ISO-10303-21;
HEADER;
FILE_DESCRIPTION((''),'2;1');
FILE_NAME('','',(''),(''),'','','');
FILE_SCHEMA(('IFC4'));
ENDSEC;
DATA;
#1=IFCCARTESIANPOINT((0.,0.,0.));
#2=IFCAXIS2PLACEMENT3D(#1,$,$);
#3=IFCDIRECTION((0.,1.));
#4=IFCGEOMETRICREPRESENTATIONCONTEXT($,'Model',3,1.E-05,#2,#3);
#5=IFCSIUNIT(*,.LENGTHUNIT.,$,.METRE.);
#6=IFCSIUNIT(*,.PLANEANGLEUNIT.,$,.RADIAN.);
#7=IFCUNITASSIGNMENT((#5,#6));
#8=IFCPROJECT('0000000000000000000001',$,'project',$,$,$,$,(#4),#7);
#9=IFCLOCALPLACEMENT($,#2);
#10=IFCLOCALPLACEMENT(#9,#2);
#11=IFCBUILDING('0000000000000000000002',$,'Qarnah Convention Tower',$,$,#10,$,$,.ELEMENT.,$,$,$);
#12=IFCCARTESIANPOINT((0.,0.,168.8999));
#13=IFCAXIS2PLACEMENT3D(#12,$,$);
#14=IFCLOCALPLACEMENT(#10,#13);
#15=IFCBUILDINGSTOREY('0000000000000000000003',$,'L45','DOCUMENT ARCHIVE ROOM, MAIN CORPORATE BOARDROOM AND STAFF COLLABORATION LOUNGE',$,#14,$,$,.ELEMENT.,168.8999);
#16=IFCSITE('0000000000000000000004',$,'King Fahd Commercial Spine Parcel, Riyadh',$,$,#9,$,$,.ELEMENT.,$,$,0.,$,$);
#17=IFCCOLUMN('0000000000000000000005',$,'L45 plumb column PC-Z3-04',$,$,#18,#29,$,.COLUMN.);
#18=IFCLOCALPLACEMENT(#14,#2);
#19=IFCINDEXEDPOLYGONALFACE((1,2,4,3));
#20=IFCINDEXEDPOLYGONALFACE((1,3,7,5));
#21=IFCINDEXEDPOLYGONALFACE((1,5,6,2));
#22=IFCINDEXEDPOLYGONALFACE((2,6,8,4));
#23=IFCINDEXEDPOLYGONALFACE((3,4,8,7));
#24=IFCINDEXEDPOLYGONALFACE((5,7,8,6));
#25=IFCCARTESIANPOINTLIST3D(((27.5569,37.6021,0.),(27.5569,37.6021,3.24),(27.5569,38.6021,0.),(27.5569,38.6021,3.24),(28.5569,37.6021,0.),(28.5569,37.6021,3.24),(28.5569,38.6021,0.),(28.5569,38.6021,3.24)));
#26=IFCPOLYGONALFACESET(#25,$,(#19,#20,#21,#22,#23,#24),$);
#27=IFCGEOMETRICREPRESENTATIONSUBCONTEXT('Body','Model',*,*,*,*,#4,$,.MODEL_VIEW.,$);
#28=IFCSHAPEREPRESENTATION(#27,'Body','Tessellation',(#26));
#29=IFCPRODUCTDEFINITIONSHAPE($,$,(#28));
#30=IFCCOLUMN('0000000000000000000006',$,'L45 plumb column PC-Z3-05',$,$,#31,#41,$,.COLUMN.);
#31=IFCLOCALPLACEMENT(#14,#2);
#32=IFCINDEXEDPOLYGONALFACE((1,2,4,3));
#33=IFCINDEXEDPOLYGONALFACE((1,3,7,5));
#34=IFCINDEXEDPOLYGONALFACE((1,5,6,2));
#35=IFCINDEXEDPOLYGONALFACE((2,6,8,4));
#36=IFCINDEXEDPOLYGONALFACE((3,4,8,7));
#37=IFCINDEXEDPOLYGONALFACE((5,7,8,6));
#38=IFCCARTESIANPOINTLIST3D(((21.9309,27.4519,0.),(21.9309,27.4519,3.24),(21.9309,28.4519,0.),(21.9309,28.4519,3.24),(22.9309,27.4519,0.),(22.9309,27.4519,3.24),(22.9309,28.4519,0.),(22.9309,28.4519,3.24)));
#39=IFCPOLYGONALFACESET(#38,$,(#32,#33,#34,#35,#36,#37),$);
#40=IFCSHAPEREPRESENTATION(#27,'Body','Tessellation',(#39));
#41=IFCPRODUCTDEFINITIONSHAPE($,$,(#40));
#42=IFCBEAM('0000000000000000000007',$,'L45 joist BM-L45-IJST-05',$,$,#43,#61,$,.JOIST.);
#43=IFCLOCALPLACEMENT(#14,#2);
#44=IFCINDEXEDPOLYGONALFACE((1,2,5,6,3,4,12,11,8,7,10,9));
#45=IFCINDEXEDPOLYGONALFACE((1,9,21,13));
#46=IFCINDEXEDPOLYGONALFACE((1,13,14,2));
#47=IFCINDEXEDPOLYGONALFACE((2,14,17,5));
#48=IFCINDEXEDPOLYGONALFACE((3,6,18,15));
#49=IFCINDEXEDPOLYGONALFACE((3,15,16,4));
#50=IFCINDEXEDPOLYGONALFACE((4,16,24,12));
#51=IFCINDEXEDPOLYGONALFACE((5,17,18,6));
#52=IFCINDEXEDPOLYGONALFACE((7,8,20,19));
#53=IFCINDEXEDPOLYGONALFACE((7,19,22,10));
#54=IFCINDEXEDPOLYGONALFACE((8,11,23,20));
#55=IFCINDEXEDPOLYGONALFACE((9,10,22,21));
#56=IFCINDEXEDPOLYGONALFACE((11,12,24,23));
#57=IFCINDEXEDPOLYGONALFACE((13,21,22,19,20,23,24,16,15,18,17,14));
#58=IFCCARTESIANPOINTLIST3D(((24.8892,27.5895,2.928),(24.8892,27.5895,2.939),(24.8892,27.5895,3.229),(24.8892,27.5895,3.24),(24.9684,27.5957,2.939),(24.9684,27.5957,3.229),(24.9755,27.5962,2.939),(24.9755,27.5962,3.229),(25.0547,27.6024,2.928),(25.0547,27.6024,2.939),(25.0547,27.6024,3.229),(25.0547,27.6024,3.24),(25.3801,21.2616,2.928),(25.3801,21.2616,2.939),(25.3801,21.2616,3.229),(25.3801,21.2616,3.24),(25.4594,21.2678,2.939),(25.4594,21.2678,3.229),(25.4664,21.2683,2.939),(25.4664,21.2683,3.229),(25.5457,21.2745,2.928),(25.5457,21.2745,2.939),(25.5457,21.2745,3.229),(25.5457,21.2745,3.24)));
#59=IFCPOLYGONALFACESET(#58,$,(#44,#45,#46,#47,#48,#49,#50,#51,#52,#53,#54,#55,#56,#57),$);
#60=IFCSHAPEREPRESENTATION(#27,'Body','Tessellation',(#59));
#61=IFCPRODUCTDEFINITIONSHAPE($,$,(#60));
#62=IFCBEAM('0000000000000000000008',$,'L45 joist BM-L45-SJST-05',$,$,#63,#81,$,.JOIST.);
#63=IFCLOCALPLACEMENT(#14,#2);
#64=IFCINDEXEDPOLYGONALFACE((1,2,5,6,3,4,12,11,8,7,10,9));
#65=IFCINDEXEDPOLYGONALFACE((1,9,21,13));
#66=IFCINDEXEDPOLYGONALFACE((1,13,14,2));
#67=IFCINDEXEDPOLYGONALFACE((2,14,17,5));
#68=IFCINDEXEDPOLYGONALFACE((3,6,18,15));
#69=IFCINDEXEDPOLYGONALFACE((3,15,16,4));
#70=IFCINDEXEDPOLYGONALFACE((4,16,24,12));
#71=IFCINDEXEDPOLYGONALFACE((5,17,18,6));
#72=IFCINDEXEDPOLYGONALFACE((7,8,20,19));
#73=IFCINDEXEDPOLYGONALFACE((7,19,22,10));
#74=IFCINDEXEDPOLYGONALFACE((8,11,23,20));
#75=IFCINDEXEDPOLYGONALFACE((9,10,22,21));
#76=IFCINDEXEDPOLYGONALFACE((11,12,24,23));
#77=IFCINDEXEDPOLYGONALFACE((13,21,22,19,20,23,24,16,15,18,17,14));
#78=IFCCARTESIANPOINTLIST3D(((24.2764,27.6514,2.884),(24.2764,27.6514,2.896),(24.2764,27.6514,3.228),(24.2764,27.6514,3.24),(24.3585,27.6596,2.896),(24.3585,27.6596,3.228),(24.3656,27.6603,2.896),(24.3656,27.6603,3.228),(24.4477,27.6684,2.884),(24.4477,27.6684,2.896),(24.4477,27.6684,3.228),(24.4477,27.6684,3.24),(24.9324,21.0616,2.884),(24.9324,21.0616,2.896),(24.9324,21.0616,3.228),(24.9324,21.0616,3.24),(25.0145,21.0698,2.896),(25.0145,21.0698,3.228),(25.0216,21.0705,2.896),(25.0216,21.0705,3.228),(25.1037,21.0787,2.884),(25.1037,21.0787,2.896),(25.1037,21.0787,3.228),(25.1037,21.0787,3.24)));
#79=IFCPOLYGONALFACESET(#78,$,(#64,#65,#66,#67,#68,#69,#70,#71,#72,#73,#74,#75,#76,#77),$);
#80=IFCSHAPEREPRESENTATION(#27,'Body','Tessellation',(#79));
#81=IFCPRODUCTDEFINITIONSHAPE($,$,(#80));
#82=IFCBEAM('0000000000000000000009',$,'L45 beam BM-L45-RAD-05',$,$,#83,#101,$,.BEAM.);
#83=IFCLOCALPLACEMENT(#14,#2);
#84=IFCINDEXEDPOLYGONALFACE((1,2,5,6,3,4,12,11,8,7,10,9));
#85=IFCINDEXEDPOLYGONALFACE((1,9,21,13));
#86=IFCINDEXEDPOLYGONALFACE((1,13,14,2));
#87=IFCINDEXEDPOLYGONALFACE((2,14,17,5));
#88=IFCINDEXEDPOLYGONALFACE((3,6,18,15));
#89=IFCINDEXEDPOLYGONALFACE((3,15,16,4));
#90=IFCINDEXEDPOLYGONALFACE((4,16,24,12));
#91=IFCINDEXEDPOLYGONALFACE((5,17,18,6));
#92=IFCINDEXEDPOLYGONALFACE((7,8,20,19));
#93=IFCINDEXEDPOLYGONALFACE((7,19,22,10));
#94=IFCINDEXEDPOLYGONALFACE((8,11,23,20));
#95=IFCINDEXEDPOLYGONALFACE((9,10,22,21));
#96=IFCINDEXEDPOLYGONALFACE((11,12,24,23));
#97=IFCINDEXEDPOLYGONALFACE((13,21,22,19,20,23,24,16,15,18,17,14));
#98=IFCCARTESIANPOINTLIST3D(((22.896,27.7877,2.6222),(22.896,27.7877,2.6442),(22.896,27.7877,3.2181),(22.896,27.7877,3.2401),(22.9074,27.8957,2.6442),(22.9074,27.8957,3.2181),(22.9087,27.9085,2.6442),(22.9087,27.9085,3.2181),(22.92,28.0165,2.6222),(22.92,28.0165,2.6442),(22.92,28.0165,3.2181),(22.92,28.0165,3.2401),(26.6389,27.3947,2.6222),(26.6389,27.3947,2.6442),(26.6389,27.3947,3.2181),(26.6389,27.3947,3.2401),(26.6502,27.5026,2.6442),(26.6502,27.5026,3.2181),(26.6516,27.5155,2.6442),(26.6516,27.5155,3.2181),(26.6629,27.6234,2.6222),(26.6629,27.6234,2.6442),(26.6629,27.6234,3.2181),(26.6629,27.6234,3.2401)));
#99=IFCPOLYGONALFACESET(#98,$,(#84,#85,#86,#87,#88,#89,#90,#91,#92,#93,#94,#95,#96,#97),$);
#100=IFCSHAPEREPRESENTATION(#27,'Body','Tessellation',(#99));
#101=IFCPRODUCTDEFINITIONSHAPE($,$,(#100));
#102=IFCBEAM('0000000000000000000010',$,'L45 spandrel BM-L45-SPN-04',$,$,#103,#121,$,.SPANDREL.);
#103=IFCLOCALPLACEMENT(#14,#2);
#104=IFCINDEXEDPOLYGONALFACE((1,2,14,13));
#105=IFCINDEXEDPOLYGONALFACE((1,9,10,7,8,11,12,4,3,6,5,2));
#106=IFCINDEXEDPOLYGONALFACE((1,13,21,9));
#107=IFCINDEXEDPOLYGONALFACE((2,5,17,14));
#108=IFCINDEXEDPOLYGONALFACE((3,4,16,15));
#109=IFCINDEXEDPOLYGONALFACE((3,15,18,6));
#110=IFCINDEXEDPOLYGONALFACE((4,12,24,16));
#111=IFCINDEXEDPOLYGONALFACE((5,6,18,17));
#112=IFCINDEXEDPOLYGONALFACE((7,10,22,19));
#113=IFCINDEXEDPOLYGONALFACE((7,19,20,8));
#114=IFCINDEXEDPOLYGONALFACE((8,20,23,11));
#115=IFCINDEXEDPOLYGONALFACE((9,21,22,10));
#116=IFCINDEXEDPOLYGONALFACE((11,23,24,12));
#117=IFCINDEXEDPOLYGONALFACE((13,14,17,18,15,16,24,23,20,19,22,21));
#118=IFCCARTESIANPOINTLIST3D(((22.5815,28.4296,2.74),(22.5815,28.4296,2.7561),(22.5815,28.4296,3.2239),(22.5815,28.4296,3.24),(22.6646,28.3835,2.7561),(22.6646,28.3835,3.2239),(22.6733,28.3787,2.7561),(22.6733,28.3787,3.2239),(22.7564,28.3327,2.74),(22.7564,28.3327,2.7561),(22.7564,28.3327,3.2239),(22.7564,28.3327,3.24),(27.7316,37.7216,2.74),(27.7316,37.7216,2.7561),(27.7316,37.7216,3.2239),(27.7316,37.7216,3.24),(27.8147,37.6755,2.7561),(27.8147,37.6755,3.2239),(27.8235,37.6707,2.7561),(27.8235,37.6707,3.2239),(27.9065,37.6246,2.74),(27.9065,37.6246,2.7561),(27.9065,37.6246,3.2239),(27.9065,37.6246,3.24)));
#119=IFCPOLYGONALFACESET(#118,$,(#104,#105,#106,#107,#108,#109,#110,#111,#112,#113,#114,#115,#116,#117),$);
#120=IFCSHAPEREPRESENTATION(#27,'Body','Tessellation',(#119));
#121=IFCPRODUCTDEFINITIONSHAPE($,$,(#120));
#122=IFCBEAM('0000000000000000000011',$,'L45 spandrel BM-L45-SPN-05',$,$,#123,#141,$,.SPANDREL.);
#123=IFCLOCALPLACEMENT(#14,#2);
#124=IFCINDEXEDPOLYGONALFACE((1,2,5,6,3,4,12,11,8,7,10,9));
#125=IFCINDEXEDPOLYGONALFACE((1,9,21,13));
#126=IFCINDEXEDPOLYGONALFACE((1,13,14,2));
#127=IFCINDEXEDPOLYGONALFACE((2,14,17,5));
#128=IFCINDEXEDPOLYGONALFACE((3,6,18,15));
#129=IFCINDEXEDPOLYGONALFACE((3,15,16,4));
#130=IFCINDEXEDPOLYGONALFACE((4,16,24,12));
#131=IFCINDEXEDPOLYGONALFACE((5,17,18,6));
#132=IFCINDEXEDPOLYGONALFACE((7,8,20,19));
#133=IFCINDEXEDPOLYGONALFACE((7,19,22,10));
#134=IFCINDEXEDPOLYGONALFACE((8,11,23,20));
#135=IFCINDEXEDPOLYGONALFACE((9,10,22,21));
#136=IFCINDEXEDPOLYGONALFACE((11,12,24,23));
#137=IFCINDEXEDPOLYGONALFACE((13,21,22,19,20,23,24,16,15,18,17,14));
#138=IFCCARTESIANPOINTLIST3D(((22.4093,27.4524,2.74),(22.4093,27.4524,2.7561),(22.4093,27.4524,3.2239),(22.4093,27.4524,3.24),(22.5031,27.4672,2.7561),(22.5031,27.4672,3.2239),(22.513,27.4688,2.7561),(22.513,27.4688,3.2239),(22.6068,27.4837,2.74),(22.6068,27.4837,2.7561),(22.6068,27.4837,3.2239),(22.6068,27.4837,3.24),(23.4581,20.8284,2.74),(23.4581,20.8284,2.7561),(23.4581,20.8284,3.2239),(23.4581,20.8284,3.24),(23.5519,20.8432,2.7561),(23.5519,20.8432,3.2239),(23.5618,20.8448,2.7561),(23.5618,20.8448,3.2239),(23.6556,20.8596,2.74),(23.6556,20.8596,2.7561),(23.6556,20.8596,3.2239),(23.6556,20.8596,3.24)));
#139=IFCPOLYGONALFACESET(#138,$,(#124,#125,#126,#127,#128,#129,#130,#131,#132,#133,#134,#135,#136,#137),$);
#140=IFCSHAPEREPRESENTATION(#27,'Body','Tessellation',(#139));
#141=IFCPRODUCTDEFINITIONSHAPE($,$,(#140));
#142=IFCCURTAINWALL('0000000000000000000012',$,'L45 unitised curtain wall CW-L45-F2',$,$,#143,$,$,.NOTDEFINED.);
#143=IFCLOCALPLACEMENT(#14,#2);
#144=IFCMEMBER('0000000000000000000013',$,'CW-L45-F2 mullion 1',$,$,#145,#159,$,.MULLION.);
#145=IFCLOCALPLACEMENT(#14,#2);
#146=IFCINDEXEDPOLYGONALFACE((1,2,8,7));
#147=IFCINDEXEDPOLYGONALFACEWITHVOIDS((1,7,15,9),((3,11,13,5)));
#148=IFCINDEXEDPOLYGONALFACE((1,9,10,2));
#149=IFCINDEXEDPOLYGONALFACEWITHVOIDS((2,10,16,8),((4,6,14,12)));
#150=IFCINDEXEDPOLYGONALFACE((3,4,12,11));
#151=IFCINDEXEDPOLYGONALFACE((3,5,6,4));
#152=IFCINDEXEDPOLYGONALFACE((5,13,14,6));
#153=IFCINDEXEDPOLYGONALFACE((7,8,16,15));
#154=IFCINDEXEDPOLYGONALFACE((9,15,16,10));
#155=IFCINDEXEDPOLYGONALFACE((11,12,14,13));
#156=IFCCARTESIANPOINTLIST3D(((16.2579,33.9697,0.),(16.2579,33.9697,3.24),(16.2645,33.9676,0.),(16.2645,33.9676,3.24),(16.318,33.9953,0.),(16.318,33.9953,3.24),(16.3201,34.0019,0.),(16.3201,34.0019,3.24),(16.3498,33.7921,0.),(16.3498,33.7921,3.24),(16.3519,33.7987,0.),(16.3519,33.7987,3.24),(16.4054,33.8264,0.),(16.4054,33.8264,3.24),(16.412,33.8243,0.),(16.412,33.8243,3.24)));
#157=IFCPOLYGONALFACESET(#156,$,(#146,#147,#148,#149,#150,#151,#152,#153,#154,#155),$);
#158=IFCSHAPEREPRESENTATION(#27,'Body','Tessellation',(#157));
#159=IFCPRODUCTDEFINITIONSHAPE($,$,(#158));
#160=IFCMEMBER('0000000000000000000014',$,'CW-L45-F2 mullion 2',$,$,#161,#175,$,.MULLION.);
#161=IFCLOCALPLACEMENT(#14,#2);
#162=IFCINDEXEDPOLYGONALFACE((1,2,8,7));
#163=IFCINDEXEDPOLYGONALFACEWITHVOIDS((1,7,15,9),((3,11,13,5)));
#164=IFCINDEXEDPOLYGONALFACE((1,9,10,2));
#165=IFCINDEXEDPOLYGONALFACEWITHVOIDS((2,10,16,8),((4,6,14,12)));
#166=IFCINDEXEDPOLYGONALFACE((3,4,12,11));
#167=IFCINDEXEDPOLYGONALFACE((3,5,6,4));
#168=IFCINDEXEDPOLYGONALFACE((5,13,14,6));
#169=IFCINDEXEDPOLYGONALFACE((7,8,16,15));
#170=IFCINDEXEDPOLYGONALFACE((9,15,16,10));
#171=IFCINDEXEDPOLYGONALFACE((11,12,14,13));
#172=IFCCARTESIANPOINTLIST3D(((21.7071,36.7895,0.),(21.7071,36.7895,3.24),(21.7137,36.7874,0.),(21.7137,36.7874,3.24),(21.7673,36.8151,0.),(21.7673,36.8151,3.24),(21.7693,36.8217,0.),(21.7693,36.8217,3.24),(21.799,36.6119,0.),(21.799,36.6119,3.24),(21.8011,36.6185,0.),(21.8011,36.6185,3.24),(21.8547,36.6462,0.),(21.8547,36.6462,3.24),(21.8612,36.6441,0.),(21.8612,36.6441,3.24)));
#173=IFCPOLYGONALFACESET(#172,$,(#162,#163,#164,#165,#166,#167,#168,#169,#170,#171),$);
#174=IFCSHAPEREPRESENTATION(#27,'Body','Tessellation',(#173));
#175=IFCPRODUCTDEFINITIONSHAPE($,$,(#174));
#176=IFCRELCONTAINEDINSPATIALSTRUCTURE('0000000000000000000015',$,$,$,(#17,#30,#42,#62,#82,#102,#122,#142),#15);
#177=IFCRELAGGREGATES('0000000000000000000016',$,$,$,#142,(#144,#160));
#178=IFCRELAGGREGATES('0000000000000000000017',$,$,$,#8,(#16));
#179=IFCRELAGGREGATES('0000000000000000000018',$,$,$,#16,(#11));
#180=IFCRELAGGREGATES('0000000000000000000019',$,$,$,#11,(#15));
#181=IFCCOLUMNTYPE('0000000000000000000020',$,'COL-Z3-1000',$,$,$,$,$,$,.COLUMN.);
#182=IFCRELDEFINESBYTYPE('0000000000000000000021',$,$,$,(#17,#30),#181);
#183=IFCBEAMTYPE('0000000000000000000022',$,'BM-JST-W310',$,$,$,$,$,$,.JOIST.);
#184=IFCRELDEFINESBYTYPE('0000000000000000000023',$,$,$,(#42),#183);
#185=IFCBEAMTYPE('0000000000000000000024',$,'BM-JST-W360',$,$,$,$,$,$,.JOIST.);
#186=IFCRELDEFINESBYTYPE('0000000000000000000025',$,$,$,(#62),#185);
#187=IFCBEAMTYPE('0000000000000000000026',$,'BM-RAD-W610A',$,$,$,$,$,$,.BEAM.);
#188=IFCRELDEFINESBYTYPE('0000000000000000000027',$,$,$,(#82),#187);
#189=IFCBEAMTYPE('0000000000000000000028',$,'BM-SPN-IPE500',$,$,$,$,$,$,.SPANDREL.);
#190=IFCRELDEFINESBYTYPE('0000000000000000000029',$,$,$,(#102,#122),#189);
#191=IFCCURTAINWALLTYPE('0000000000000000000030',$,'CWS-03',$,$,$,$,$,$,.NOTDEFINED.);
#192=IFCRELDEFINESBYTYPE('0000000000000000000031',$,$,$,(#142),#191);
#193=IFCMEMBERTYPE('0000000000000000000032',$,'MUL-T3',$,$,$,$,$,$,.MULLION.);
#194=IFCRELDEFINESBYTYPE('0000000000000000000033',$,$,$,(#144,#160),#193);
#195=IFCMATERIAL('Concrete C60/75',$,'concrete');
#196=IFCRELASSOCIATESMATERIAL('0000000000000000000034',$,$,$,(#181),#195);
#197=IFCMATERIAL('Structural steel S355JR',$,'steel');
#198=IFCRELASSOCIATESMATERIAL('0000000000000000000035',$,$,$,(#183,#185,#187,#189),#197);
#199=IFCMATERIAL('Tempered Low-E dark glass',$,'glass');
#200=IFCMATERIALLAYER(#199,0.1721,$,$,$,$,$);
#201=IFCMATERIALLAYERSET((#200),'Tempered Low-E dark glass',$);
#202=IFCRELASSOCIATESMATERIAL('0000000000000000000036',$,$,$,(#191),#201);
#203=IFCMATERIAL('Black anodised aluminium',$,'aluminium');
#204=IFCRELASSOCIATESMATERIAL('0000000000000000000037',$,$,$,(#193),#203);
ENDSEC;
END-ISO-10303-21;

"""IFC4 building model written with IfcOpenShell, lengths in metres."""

from ifc_helpers import new_model, si_unit, direction, frame, origin, origin_2d, place, context, subcontext, project, spatial, rectangle, hollow_rectangle, i_section, extrude, material, layer, layer_set, material_profile, profile_set, type_object, element, aggregate, save


model = new_model("IFC4")

# Units and contexts
model_context = context("Model", 3, precision=1e-05, world=origin(), true_north=direction((0.0, 1.0)))
body_context = subcontext(model_context, "Body", "Model", "MODEL_VIEW")
ifc_project = project(units=[si_unit("LENGTHUNIT", "METRE"), si_unit("PLANEANGLEUNIT", "RADIAN")], contexts=[model_context])

# Site, building, storey
site_placement = place(None, origin())
site = spatial("IfcSite", under=ifc_project, at=site_placement, Name="King Fahd Commercial Spine Parcel, Riyadh", CompositionType="ELEMENT", RefElevation=0.0)
building_placement = place(site_placement, origin())
building = spatial("IfcBuilding", under=site, at=building_placement, Name="Qarnah Convention Tower", CompositionType="ELEMENT")
storey_placement = place(building_placement, frame((0.0, 0.0, 168.8999)))
storey = spatial("IfcBuildingStorey", under=building, at=storey_placement, Name="L45", Description="DOCUMENT ARCHIVE ROOM, MAIN CORPORATE BOARDROOM AND STAFF COLLABORATION LOUNGE", CompositionType="ELEMENT", Elevation=168.8999)

# Columns
ifc_material_1 = material(Name="Concrete C60/75", Category="concrete")
ifc_material_profile_1 = material_profile(ifc_material_1, rectangle(XDim=1.0, YDim=1.0, at=origin_2d()), Name="RC-COL-1000X1000")
ifc_profile_set_1 = profile_set([ifc_material_profile_1], Name="Concrete C60/75")
column_type = type_object("IfcColumnType", Name="COL-Z3-1000", PredefinedType="COLUMN", material=ifc_profile_set_1)
for number, where, z_axis, x_axis, name in (
    (1, (28.0569, 38.1021, 0.0), (0.0, 0.0, 1.0), (1.0, 0.0, 0.0), "L45 plumb column PC-Z3-04"),
    (2, (22.4309, 27.9519, 0.0), (0.0, 0.0, 1.0), (1.0, 0.0, 0.0), "L45 plumb column PC-Z3-05"),
):
    element("IfcColumn", number, at=place(storey_placement, frame(where, z_axis=z_axis, x_axis=x_axis)), inside=storey, type_object=column_type, Name=name, PredefinedType="COLUMN", context=body_context, shape_type="SweptSolid", body=[
        extrude(rectangle(XDim=1.0, YDim=1.0, at=origin_2d()), origin(), (0.0, 0.0, 1.0), 3.24),
    ])

# Beams
ifc_material_2 = material(Name="Structural steel S355JR", Category="steel")
ifc_material_profile_2 = material_profile(ifc_material_2, i_section(OverallWidth=0.166, OverallDepth=0.312, WebThickness=0.0071, FlangeThickness=0.011, at=origin_2d()), Name="W310X45")
ifc_profile_set_2 = profile_set([ifc_material_profile_2], Name="Structural steel S355JR")
beam_type_1 = type_object("IfcBeamType", Name="BM-JST-W310", PredefinedType="JOIST", material=ifc_profile_set_2)
beam_1_placement = place(storey_placement, frame((24.9719, 27.5959, 3.084), z_axis=(0.077355, -0.997004, 0.0), x_axis=(0.997004, 0.077355, 0.0)))
element("IfcBeam", 3, at=beam_1_placement, inside=storey, type_object=beam_type_1, Name="L45 joist BM-L45-IJST-05", PredefinedType="JOIST", context=body_context, shape_type="SweptSolid", body=[
    extrude(i_section(OverallWidth=0.166, OverallDepth=0.312, WebThickness=0.0071, FlangeThickness=0.011, at=origin_2d()), origin(), (0.0, 0.0, 1.0), 6.3469),
])
ifc_material_profile_3 = material_profile(ifc_material_2, i_section(OverallWidth=0.1721, OverallDepth=0.356, WebThickness=0.0071, FlangeThickness=0.012, at=origin_2d()), Name="W360X51")
ifc_profile_set_3 = profile_set([ifc_material_profile_3], Name="Structural steel S355JR")
beam_type_2 = type_object("IfcBeamType", Name="BM-JST-W360", PredefinedType="JOIST", material=ifc_profile_set_3)
beam_2_placement = place(storey_placement, frame((24.3621, 27.6599, 3.062), z_axis=(0.099058, -0.995082, 0.0), x_axis=(0.995082, 0.099058, 0.0)))
element("IfcBeam", 4, at=beam_2_placement, inside=storey, type_object=beam_type_2, Name="L45 joist BM-L45-SJST-05", PredefinedType="JOIST", context=body_context, shape_type="SweptSolid", body=[
    extrude(i_section(OverallWidth=0.1721, OverallDepth=0.356, WebThickness=0.0071, FlangeThickness=0.012, at=origin_2d()), origin(), (0.0, 0.0, 1.0), 6.6223),
])
ifc_material_profile_4 = material_profile(ifc_material_2, i_section(OverallWidth=0.23, OverallDepth=0.6179, WebThickness=0.0129, FlangeThickness=0.022, at=origin_2d()), Name="W610X140")
ifc_profile_set_4 = profile_set([ifc_material_profile_4], Name="Structural steel S355JR")
beam_type_3 = type_object("IfcBeamType", Name="BM-RAD-W610A", PredefinedType="BEAM", material=ifc_profile_set_4)
beam_3_placement = place(storey_placement, frame((26.6509, 27.509, 2.9312), z_axis=(-0.994531, 0.104442, 0.0), x_axis=(-0.104442, -0.994531, 0.0)))
element("IfcBeam", 5, at=beam_3_placement, inside=storey, type_object=beam_type_3, Name="L45 beam BM-L45-RAD-05", PredefinedType="BEAM", context=body_context, shape_type="SweptSolid", body=[
    extrude(i_section(OverallWidth=0.23, OverallDepth=0.6179, WebThickness=0.0129, FlangeThickness=0.022, at=origin_2d()), origin(), (0.0, 0.0, 1.0), 3.7634),
])
ifc_material_profile_5 = material_profile(ifc_material_2, i_section(OverallWidth=0.2, OverallDepth=0.5, WebThickness=0.01, FlangeThickness=0.0161, at=origin_2d()), Name="IPE500")
ifc_profile_set_5 = profile_set([ifc_material_profile_5], Name="Structural steel S355JR")
beam_type_4 = type_object("IfcBeamType", Name="BM-SPN-IPE500", PredefinedType="SPANDREL", material=ifc_profile_set_5)
beam_4_placement = place(storey_placement, frame((27.8191, 37.6731, 2.99), z_axis=(-0.484774, -0.874639, 0.0), x_axis=(0.874639, -0.484774, 0.0)))
element("IfcBeam", 6, at=beam_4_placement, inside=storey, type_object=beam_type_4, Name="L45 spandrel BM-L45-SPN-04", PredefinedType="SPANDREL", context=body_context, shape_type="SweptSolid", body=[
    extrude(i_section(OverallWidth=0.2, OverallDepth=0.5, WebThickness=0.01, FlangeThickness=0.0161, at=origin_2d()), origin(), (0.0, 0.0, 1.0), 10.6238),
])
beam_5_placement = place(storey_placement, frame((22.5081, 27.468, 2.99), z_axis=(0.156389, -0.987696, 0.0), x_axis=(0.987696, 0.156389, 0.0)))
element("IfcBeam", 7, at=beam_5_placement, inside=storey, type_object=beam_type_4, Name="L45 spandrel BM-L45-SPN-05", PredefinedType="SPANDREL", context=body_context, shape_type="SweptSolid", body=[
    extrude(i_section(OverallWidth=0.2, OverallDepth=0.5, WebThickness=0.01, FlangeThickness=0.0161, at=origin_2d()), origin(), (0.0, 0.0, 1.0), 6.7065),
])

# Curtain wall, members
ifc_material_3 = material(Name="Tempered Low-E dark glass", Category="glass")
ifc_layer_1 = layer(ifc_material_3, 0.1721)
ifc_layer_set_1 = layer_set([ifc_layer_1], Name="Tempered Low-E dark glass")
curtain_wall_type = type_object("IfcCurtainWallType", Name="CWS-03", PredefinedType="NOTDEFINED", material=ifc_layer_set_1)
curtain_wall_placement = place(storey_placement, origin())
curtain_wall = element("IfcCurtainWall", 8, at=curtain_wall_placement, inside=storey, type_object=curtain_wall_type, Name="L45 unitised curtain wall CW-L45-F2", PredefinedType="NOTDEFINED")
ifc_material_4 = material(Name="Black anodised aluminium", Category="aluminium")
ifc_material_profile_6 = material_profile(ifc_material_4, hollow_rectangle(XDim=0.0701, YDim=0.2, WallThickness=0.0049, at=origin_2d()), Name="MUL-70X200")
ifc_profile_set_6 = profile_set([ifc_material_profile_6], Name="Black anodised aluminium")
member_type_1 = type_object("IfcMemberType", Name="MUL-T3", PredefinedType="MULLION", material=ifc_profile_set_6)
member_1_placement = place(storey_placement, frame((16.335, 33.897, 0.0), z_axis=(0.0, 0.0, 1.0), x_axis=(0.888135, 0.459583, 0.0)))
member_1 = element("IfcMember", 9, at=member_1_placement, type_object=member_type_1, Name="CW-L45-F2 mullion 1", PredefinedType="MULLION", context=body_context, shape_type="SweptSolid", body=[
    extrude(hollow_rectangle(XDim=0.0701, YDim=0.2, WallThickness=0.0049, at=origin_2d()), origin(), (0.0, 0.0, 1.0), 3.24),
])
member_2_placement = place(storey_placement, frame((21.7842, 36.7168, 0.0), z_axis=(0.0, 0.0, 1.0), x_axis=(0.888135, 0.459583, 0.0)))
member_2 = element("IfcMember", 10, at=member_2_placement, type_object=member_type_1, Name="CW-L45-F2 mullion 2", PredefinedType="MULLION", context=body_context, shape_type="SweptSolid", body=[
    extrude(hollow_rectangle(XDim=0.0701, YDim=0.2, WallThickness=0.0049, at=origin_2d()), origin(), (0.0, 0.0, 1.0), 3.24),
])
aggregate(curtain_wall, [member_1, member_2])

save(model, "model.ifc")
